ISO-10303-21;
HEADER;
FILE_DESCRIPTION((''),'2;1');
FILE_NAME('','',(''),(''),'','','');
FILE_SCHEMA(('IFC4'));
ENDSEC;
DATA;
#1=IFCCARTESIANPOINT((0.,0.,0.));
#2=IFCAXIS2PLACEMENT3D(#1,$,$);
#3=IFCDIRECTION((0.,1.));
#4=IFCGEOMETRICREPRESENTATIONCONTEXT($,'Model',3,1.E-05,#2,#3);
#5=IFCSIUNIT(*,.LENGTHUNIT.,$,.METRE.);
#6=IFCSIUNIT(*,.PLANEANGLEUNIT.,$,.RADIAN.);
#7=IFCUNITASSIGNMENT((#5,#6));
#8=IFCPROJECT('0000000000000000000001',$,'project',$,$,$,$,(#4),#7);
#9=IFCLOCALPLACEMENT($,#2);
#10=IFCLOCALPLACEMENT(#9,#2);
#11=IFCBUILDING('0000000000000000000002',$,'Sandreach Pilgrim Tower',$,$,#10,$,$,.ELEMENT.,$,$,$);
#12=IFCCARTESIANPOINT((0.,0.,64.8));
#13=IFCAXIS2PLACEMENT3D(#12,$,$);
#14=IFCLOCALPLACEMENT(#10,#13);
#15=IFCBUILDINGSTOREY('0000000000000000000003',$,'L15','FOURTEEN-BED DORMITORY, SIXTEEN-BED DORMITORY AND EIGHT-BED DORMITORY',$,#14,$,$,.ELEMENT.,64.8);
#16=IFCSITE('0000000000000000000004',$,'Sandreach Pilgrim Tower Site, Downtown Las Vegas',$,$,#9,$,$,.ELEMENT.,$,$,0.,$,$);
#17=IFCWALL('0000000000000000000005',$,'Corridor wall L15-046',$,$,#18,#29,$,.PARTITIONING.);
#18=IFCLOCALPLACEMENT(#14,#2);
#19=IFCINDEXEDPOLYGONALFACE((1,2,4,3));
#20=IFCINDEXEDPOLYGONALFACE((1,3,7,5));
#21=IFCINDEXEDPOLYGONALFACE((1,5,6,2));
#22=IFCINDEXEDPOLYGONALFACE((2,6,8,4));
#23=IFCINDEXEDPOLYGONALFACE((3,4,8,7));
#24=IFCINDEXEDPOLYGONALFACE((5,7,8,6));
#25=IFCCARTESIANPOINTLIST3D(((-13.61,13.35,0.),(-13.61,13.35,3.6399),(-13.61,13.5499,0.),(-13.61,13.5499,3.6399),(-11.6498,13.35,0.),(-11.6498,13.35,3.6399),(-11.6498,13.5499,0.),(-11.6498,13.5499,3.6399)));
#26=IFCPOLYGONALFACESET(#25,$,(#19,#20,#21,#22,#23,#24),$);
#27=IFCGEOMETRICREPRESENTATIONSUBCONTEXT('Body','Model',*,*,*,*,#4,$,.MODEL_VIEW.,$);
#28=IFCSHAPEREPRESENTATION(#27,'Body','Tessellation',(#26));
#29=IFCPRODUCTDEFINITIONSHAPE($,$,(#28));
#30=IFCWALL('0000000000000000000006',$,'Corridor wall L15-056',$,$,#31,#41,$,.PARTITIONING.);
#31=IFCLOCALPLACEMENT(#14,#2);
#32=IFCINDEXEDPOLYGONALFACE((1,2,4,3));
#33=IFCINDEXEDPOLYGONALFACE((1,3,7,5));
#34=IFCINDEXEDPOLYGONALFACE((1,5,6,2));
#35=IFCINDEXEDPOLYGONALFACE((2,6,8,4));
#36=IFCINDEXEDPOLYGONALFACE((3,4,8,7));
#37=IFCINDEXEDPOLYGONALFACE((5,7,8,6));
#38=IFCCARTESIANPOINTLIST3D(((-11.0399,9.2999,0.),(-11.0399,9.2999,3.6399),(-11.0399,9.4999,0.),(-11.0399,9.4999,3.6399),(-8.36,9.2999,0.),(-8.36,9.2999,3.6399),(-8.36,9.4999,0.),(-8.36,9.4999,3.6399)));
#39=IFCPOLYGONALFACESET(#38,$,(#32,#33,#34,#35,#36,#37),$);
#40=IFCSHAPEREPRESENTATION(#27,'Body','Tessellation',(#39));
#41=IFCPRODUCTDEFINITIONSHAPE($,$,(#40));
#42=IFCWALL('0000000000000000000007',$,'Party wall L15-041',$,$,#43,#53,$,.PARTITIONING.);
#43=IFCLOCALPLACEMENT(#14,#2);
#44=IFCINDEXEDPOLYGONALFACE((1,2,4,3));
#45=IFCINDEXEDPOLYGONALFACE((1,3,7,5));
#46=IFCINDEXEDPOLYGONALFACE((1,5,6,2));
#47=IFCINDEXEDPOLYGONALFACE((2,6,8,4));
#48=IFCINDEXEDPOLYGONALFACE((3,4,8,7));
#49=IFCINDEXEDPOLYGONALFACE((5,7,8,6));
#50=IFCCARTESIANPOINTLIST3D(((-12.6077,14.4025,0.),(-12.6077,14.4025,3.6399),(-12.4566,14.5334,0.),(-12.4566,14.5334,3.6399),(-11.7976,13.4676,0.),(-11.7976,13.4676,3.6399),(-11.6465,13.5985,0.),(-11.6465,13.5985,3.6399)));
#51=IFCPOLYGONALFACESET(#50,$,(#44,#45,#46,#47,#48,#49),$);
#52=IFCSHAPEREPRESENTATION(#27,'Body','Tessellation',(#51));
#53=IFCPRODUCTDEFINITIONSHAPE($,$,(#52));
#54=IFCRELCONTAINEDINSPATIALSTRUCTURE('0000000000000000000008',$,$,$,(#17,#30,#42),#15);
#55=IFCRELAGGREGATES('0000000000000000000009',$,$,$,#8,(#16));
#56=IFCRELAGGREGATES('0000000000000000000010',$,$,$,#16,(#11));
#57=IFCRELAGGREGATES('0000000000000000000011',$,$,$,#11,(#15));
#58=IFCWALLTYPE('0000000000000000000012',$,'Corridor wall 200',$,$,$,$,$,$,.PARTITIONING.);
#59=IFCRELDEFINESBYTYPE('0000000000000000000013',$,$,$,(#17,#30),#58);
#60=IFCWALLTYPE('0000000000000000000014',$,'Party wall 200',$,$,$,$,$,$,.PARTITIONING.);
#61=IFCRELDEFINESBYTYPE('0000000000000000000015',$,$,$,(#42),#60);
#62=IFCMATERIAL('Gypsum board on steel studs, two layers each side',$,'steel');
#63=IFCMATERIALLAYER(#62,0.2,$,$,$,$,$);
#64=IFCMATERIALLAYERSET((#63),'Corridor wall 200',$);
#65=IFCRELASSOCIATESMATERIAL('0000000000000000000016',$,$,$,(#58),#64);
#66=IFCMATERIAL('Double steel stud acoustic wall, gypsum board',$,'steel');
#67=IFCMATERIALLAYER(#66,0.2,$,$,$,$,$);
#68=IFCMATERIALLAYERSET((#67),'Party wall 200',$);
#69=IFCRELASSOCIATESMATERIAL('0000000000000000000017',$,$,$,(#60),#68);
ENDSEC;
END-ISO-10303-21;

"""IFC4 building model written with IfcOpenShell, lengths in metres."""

from ifc_helpers import new_model, si_unit, direction, frame, frame_2d, origin, place, context, subcontext, project, spatial, rectangle, extrude, material, layer, layer_set, type_object, element, save


model = new_model("IFC4")

# Units and contexts
model_context = context("Model", 3, precision=1e-05, world=origin(), true_north=direction((0.0, 1.0)))
body_context = subcontext(model_context, "Body", "Model", "MODEL_VIEW")
ifc_project = project(units=[si_unit("LENGTHUNIT", "METRE"), si_unit("PLANEANGLEUNIT", "RADIAN")], contexts=[model_context])

# Site, building, storey
site_placement = place(None, origin())
site = spatial("IfcSite", under=ifc_project, at=site_placement, Name="Sandreach Pilgrim Tower Site, Downtown Las Vegas", CompositionType="ELEMENT", RefElevation=0.0)
building_placement = place(site_placement, origin())
building = spatial("IfcBuilding", under=site, at=building_placement, Name="Sandreach Pilgrim Tower", CompositionType="ELEMENT")
storey_placement = place(building_placement, frame((0.0, 0.0, 64.8)))
storey = spatial("IfcBuildingStorey", under=building, at=storey_placement, Name="L15", Description="FOURTEEN-BED DORMITORY, SIXTEEN-BED DORMITORY AND EIGHT-BED DORMITORY", CompositionType="ELEMENT", Elevation=64.8)

# Shared definitions
ifc_material_1 = material(Name="Gypsum board on steel studs, two layers each side", Category="steel")
ifc_layer_1 = layer(ifc_material_1, 0.2)
ifc_layer_set_1 = layer_set([ifc_layer_1], Name="Corridor wall 200")
wall_type_1 = type_object("IfcWallType", Name="Corridor wall 200", PredefinedType="PARTITIONING", material=ifc_layer_set_1)

# Wall
wall_1_placement = place(storey_placement, frame((-11.6499, 13.45, 0.0), z_axis=(0.0, 0.0, 1.0), x_axis=(-1.0, 0.0, 0.0)))
element("IfcWall", 1, at=wall_1_placement, inside=storey, type_object=wall_type_1, Name="Corridor wall L15-046", PredefinedType="PARTITIONING", context=body_context, shape_type="SweptSolid", body=[
    extrude(rectangle(XDim=1.9602, YDim=0.2, at=frame_2d((0.98, 0.0))), origin(), (0.0, 0.0, 1.0), 3.6399),
])

# Walls
wall_2_placement = place(storey_placement, frame((-8.3601, 9.3999, 0.0), z_axis=(0.0, 0.0, 1.0), x_axis=(-1.0, 0.0, 0.0)))
element("IfcWall", 2, at=wall_2_placement, inside=storey, type_object=wall_type_1, Name="Corridor wall L15-056", PredefinedType="PARTITIONING", context=body_context, shape_type="SweptSolid", body=[
    extrude(rectangle(XDim=2.6799, YDim=0.2, at=frame_2d((1.3398, 0.0))), origin(), (0.0, 0.0, 1.0), 3.6399),
])
ifc_material_2 = material(Name="Double steel stud acoustic wall, gypsum board", Category="steel")
ifc_layer_2 = layer(ifc_material_2, 0.2)
ifc_layer_set_2 = layer_set([ifc_layer_2], Name="Party wall 200")
wall_type_2 = type_object("IfcWallType", Name="Party wall 200", PredefinedType="PARTITIONING", material=ifc_layer_set_2)
wall_3_placement = place(storey_placement, frame((-12.5322, 14.468, 0.0), z_axis=(0.0, 0.0, 1.0), x_axis=(0.654878, -0.755735, 0.0)))
element("IfcWall", 3, at=wall_3_placement, inside=storey, type_object=wall_type_2, Name="Party wall L15-041", PredefinedType="PARTITIONING", context=body_context, shape_type="SweptSolid", body=[
    extrude(rectangle(XDim=1.2371, YDim=0.2, at=frame_2d((0.6187, 0.0))), origin(), (0.0, 0.0, 1.0), 3.6399),
])

save(model, "model.ifc")
